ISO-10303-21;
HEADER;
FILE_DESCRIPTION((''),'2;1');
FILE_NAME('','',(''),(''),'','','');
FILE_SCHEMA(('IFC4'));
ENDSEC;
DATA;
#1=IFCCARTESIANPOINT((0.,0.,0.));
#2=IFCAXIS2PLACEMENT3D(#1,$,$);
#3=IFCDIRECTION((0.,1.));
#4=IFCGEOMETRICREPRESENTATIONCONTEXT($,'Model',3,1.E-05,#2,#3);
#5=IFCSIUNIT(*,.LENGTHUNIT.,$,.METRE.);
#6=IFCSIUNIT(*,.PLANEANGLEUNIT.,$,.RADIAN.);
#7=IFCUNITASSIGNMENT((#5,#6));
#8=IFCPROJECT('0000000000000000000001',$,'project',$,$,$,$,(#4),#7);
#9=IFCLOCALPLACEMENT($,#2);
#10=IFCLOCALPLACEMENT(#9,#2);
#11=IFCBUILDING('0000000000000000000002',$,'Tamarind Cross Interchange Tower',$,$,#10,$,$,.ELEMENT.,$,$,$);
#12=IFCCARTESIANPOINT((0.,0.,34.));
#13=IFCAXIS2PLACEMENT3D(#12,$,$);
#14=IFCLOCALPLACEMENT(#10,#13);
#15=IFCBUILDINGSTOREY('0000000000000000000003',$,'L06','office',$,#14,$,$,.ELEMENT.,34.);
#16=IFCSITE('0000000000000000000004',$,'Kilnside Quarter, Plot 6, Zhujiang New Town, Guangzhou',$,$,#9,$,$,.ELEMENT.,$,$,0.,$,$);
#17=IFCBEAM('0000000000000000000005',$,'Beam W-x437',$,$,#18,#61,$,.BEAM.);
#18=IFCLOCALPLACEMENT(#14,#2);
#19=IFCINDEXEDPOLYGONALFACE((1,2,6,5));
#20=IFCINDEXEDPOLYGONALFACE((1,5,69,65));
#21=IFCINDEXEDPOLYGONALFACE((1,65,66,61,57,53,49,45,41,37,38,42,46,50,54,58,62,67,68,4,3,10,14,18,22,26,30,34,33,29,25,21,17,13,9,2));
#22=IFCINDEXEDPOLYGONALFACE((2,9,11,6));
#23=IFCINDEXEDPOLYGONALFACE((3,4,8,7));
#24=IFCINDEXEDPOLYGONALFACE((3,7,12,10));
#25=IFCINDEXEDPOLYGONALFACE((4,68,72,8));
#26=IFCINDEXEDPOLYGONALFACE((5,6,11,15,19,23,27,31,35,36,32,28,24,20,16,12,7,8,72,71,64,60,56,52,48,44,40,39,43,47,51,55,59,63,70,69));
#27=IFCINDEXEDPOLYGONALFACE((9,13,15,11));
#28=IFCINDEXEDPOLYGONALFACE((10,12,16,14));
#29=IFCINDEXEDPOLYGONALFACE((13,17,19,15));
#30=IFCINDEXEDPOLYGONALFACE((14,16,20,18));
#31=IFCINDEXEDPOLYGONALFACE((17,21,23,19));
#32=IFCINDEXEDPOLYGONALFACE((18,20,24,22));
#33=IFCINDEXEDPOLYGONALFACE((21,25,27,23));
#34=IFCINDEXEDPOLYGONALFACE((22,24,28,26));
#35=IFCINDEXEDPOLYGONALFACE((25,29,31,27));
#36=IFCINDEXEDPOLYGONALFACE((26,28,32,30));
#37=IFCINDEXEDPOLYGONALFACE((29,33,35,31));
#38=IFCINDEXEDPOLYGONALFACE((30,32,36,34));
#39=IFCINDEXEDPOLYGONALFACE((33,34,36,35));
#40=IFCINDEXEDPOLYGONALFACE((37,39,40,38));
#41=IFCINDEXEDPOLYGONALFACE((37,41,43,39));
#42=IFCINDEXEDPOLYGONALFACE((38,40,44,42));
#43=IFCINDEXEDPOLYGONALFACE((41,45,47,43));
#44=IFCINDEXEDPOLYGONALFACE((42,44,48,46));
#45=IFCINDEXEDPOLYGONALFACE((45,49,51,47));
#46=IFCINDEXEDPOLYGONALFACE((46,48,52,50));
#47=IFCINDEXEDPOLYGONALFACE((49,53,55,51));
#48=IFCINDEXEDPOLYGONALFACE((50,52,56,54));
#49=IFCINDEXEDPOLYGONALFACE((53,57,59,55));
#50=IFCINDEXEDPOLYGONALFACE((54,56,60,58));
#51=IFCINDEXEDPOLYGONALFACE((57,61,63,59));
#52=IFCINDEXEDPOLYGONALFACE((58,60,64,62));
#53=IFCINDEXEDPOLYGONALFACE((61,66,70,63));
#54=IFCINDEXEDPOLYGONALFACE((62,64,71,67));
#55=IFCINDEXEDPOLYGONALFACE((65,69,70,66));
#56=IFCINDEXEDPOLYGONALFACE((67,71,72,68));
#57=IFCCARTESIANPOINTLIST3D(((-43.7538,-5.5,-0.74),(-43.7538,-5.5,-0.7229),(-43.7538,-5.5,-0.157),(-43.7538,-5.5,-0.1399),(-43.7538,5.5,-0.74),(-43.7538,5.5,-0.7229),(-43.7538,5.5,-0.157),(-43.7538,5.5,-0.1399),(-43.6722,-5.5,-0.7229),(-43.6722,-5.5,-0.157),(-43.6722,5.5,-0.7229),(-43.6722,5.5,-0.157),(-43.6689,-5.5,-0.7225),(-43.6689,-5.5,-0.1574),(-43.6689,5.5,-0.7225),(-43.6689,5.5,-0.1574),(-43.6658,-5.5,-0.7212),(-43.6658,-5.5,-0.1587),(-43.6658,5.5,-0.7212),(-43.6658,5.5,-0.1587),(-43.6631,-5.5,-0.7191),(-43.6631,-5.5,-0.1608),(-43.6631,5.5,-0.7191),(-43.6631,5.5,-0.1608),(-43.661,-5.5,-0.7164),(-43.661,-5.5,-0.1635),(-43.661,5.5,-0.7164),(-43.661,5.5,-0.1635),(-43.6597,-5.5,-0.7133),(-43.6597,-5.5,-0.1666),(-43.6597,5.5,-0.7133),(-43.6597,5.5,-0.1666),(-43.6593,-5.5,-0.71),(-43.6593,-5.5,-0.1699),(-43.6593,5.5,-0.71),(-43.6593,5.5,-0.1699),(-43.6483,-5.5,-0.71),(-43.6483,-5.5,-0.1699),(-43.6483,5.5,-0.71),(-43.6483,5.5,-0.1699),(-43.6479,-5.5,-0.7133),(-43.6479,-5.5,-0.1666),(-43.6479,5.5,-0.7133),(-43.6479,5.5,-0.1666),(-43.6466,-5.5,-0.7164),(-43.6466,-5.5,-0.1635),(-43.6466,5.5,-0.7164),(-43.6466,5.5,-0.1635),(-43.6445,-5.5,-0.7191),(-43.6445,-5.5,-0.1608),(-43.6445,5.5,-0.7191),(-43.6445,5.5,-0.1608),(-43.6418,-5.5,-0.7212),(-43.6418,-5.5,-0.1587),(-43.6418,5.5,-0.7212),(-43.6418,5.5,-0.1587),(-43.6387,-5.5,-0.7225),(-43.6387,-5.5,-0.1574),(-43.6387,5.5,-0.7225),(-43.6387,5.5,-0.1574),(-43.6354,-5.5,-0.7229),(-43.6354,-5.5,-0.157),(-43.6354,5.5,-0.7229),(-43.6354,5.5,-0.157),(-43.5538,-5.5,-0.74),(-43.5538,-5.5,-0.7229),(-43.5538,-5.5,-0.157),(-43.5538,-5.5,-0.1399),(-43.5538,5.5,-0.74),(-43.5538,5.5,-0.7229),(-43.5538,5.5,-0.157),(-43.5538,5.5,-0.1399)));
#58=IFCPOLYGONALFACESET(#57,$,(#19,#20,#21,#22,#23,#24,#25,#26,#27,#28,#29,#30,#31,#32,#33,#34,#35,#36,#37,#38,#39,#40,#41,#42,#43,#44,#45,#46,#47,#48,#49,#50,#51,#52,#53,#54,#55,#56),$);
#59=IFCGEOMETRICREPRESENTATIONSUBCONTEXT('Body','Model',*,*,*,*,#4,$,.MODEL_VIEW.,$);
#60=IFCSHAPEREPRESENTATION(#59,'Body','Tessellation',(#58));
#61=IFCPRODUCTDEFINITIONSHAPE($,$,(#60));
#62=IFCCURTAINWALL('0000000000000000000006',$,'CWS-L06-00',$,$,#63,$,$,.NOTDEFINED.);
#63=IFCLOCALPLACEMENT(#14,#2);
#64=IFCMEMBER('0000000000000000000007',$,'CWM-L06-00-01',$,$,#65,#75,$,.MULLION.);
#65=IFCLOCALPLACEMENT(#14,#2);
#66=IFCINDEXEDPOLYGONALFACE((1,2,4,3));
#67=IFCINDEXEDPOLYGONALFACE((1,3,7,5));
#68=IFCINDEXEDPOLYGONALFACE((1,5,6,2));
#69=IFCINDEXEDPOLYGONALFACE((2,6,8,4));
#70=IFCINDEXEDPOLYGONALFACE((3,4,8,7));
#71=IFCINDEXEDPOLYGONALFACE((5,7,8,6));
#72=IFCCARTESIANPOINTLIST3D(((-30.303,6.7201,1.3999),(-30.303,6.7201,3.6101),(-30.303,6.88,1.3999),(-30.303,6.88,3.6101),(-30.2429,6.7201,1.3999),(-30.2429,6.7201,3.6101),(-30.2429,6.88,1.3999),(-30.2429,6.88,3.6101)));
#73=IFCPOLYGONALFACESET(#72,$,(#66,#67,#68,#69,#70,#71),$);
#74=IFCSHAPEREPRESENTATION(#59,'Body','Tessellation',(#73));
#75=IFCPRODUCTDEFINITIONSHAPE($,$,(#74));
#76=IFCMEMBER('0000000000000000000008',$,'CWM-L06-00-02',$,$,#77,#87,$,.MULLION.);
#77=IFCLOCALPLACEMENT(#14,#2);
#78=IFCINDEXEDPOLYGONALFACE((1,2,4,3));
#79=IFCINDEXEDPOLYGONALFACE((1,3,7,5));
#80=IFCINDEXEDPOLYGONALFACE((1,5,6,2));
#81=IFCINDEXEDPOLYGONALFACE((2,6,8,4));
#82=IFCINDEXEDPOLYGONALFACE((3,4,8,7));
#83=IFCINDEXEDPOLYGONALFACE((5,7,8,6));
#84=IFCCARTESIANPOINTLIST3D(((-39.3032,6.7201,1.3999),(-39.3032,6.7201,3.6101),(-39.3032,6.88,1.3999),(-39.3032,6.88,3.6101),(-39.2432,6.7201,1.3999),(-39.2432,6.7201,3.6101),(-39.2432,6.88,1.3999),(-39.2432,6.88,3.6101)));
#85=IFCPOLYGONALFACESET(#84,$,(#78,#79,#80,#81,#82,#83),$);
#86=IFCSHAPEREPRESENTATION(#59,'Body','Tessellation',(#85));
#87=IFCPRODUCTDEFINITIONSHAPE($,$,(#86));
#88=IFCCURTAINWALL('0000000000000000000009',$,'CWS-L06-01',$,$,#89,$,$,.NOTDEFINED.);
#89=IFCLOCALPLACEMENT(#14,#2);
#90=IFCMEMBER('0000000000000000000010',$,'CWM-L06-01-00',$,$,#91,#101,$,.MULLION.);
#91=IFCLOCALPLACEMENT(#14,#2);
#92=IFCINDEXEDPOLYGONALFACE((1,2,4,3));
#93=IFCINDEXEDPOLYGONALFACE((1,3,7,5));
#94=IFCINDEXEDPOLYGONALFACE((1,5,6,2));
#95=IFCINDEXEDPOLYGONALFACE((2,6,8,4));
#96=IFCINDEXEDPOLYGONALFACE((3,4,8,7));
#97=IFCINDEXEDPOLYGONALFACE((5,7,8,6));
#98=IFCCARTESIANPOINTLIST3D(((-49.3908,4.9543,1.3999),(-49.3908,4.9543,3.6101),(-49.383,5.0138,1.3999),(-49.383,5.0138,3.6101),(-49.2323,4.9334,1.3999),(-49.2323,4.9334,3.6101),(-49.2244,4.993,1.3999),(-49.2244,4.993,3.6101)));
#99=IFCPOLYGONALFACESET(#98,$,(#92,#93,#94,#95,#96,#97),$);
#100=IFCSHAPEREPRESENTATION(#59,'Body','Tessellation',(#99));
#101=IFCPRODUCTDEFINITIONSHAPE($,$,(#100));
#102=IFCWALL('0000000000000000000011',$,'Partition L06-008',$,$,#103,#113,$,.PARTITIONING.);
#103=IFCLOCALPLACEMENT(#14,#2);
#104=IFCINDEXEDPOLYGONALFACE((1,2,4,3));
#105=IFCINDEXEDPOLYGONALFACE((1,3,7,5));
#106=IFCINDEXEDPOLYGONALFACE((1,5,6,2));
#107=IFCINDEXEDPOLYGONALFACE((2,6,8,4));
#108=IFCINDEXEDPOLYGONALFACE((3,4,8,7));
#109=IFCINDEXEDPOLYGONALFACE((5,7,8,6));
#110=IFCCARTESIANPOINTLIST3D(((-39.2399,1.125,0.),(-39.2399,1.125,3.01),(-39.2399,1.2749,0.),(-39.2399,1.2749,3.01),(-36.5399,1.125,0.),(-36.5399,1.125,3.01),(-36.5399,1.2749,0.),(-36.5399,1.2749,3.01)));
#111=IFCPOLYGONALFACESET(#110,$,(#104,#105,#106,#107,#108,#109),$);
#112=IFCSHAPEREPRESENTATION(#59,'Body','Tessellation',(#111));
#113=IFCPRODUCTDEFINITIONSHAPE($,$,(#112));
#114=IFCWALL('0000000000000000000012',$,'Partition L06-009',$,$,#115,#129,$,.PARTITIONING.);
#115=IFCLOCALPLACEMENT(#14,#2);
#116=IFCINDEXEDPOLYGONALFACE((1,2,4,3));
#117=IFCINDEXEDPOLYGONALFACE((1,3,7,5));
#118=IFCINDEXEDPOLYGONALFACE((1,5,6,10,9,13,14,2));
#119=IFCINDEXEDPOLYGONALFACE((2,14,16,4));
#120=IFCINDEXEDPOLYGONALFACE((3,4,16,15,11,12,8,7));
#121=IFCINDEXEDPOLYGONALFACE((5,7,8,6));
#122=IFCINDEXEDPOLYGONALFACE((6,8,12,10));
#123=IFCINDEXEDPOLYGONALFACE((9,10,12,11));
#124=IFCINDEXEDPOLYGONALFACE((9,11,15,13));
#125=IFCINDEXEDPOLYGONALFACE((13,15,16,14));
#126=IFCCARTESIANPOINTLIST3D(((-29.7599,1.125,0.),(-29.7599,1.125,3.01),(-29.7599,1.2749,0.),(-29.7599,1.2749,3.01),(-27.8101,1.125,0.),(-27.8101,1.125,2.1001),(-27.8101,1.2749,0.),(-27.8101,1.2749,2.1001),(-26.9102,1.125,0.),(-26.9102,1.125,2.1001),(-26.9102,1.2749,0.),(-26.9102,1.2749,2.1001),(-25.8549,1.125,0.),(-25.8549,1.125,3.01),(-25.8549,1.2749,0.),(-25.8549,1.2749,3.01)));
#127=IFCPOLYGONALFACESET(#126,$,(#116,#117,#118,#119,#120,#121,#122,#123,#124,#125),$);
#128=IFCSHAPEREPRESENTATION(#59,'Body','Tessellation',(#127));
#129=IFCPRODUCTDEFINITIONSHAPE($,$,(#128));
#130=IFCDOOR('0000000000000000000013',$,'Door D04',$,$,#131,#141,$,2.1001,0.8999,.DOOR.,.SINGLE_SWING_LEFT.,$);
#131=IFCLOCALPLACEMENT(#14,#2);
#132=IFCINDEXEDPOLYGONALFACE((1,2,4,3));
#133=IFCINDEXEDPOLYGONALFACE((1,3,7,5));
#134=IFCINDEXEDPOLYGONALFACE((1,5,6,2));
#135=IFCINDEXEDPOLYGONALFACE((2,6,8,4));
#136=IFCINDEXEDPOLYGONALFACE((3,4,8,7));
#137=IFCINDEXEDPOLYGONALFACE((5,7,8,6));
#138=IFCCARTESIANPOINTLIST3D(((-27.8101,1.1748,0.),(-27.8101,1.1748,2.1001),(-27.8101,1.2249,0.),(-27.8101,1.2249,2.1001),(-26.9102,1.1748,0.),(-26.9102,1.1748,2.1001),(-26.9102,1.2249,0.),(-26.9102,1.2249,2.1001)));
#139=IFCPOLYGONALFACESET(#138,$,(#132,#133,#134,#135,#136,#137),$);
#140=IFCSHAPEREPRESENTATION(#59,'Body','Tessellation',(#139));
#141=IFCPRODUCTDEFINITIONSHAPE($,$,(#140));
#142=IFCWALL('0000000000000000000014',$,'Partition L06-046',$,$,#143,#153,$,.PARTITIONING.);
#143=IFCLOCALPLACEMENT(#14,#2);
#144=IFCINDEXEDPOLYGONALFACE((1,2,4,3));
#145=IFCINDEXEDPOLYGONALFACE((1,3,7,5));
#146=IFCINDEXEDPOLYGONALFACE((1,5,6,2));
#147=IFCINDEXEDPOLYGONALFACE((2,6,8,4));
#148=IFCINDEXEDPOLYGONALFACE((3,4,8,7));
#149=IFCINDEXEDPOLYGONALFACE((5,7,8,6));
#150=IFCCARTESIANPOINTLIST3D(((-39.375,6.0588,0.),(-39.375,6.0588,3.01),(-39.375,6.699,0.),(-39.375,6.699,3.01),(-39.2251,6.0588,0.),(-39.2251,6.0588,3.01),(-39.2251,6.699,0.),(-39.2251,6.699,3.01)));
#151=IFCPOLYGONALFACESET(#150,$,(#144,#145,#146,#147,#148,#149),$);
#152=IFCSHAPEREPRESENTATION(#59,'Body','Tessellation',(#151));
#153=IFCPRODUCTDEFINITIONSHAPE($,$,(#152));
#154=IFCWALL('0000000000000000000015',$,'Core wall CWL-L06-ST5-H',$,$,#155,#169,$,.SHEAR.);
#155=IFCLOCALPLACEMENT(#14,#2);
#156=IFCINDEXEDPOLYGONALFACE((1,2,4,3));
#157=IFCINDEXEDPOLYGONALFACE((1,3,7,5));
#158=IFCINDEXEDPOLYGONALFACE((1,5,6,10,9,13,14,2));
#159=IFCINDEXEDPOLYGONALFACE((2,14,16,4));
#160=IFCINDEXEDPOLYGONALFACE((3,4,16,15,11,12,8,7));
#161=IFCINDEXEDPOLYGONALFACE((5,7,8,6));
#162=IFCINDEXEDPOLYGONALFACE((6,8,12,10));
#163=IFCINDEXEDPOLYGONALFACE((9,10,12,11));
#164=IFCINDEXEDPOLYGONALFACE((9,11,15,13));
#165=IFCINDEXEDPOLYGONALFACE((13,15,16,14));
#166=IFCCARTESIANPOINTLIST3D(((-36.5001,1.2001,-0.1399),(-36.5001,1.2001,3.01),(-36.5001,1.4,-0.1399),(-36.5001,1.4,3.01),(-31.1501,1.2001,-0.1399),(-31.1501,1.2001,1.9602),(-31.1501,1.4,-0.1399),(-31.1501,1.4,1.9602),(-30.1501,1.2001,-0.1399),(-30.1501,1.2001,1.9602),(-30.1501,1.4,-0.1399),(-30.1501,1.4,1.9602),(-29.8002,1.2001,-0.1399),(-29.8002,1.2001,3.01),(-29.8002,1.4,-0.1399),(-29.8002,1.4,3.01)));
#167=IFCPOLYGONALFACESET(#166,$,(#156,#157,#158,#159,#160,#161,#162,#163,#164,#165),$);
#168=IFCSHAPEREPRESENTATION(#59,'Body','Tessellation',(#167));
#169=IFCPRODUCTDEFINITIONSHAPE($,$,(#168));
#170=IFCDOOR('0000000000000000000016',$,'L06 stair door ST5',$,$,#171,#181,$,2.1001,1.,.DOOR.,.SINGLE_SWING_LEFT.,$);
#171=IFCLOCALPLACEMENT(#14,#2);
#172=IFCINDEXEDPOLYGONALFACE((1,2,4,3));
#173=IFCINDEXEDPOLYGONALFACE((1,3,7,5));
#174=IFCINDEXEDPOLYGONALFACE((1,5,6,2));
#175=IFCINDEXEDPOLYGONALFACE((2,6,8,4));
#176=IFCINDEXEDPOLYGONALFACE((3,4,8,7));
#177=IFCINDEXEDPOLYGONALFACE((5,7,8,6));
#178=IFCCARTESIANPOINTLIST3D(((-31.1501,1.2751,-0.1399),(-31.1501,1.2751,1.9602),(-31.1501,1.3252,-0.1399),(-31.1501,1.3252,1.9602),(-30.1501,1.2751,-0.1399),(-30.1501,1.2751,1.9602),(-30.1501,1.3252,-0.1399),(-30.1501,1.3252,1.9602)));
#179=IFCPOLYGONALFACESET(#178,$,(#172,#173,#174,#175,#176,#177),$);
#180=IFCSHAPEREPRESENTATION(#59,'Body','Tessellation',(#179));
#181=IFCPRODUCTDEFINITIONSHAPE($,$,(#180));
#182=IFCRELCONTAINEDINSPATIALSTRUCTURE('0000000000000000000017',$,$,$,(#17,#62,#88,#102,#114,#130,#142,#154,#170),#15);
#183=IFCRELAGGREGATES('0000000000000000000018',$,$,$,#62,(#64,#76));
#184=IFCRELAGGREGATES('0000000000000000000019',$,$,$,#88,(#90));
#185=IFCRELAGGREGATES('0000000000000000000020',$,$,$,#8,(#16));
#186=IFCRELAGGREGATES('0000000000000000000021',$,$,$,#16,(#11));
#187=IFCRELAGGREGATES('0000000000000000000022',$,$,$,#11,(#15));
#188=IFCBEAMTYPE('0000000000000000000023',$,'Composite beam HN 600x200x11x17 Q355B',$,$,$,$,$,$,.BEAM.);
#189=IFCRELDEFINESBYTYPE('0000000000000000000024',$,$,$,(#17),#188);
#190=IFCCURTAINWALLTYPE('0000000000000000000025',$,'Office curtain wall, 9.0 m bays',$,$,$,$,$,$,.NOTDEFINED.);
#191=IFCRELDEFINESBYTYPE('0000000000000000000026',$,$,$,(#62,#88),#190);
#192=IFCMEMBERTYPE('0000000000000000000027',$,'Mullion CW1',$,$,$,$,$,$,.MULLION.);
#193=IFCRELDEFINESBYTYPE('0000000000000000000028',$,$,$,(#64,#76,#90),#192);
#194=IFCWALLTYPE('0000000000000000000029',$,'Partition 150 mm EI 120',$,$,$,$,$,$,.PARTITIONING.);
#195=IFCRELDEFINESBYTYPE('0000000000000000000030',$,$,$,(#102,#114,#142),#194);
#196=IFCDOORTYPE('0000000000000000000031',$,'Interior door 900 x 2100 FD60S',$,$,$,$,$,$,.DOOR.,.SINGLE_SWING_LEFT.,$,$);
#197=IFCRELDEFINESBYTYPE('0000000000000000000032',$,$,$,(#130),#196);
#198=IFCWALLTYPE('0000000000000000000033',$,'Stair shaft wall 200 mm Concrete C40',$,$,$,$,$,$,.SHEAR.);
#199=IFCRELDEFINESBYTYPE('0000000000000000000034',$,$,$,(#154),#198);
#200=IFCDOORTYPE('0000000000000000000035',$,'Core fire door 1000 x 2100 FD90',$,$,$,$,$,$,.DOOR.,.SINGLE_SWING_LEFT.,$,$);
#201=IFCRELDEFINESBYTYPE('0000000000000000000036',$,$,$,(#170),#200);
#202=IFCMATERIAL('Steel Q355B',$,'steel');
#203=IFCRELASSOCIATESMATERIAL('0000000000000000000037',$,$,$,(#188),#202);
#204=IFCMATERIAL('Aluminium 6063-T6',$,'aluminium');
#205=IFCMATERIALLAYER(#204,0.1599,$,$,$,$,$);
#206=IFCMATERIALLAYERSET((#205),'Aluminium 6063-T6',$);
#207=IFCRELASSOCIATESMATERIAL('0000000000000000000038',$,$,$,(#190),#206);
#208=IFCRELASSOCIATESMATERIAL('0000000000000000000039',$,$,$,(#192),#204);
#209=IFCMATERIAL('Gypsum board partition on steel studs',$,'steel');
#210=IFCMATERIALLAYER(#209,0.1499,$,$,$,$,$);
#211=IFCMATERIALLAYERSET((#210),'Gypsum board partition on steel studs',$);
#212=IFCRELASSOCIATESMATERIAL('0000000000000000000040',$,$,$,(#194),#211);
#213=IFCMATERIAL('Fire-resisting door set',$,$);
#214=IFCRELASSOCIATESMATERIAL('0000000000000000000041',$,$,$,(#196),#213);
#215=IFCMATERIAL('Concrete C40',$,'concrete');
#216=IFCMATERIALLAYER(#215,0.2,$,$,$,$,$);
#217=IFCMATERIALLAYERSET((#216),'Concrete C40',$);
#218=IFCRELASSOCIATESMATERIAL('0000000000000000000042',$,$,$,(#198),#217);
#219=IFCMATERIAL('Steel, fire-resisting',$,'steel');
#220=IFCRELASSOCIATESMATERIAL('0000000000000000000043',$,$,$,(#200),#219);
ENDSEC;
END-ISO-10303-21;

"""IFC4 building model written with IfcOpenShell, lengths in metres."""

from ifc_helpers import new_model, si_unit, direction, frame, frame_2d, origin, origin_2d, place, context, subcontext, project, spatial, rectangle, i_section, extrude, material, layer, layer_set, material_profile, profile_set, type_object, element, fill, aggregate, save


model = new_model("IFC4")

# Units and contexts
model_context = context("Model", 3, precision=1e-05, world=origin(), true_north=direction((0.0, 1.0)))
body_context = subcontext(model_context, "Body", "Model", "MODEL_VIEW")
ifc_project = project(units=[si_unit("LENGTHUNIT", "METRE"), si_unit("PLANEANGLEUNIT", "RADIAN")], contexts=[model_context])

# Site, building, storey
site_placement = place(None, origin())
site = spatial("IfcSite", under=ifc_project, at=site_placement, Name="Kilnside Quarter, Plot 6, Zhujiang New Town, Guangzhou", CompositionType="ELEMENT", RefElevation=0.0)
building_placement = place(site_placement, origin())
building = spatial("IfcBuilding", under=site, at=building_placement, Name="Tamarind Cross Interchange Tower", CompositionType="ELEMENT")
storey_placement = place(building_placement, frame((0.0, 0.0, 34.0)))
storey = spatial("IfcBuildingStorey", under=building, at=storey_placement, Name="L06", Description="office", CompositionType="ELEMENT", Elevation=34.0)

# Beam
ifc_material_1 = material(Name="Steel Q355B", Category="steel")
ifc_material_profile_1 = material_profile(ifc_material_1, i_section(OverallWidth=0.2, OverallDepth=0.6001, WebThickness=0.011, FlangeThickness=0.0171, FilletRadius=0.0129, at=origin_2d()), Name="HN 600x200x11x17")
ifc_profile_set_1 = profile_set([ifc_material_profile_1], Name="Steel Q355B")
beam_type_1 = type_object("IfcBeamType", Name="Composite beam HN 600x200x11x17 Q355B", PredefinedType="BEAM", material=ifc_profile_set_1)
for number, where, z_axis, x_axis, name in (
    (1, (-43.6538, 5.5, -0.4399), (0.0, -1.0, 0.0), (1.0, 0.0, 0.0), "Beam W-x437"),
):
    element("IfcBeam", number, at=place(storey_placement, frame(where, z_axis=z_axis, x_axis=x_axis)), inside=storey, type_object=beam_type_1, Name=name, PredefinedType="BEAM", context=body_context, shape_type="SweptSolid", body=[
        extrude(i_section(OverallWidth=0.2, OverallDepth=0.6001, WebThickness=0.011, FlangeThickness=0.0171, FilletRadius=0.0129, at=origin_2d()), origin(), (0.0, 0.0, 1.0), 11.0),
    ])

# Curtain wall, members
ifc_material_2 = material(Name="Aluminium 6063-T6", Category="aluminium")
ifc_layer_1 = layer(ifc_material_2, 0.1599)
ifc_layer_set_1 = layer_set([ifc_layer_1], Name="Aluminium 6063-T6")
curtain_wall_type = type_object("IfcCurtainWallType", Name="Office curtain wall, 9.0 m bays", PredefinedType="NOTDEFINED", material=ifc_layer_set_1)
curtain_wall_1_placement = place(storey_placement, origin())
curtain_wall_1 = element("IfcCurtainWall", 2, at=curtain_wall_1_placement, inside=storey, type_object=curtain_wall_type, Name="CWS-L06-00", PredefinedType="NOTDEFINED")
ifc_material_profile_2 = material_profile(ifc_material_2, rectangle(XDim=0.0601, YDim=0.1599, at=origin_2d()), Name="Mullion CW1")
ifc_profile_set_2 = profile_set([ifc_material_profile_2], Name="Aluminium 6063-T6")
member_type = type_object("IfcMemberType", Name="Mullion CW1", PredefinedType="MULLION", material=ifc_profile_set_2)
member_1_placement = place(storey_placement, frame((-30.2729, 6.8, 1.3999), z_axis=(0.0, 0.0, 1.0), x_axis=(-1.0, 0.0, 0.0)))
member_1 = element("IfcMember", 3, at=member_1_placement, type_object=member_type, Name="CWM-L06-00-01", PredefinedType="MULLION", context=body_context, shape_type="SweptSolid", body=[
    extrude(rectangle(XDim=0.0601, YDim=0.1599, at=origin_2d()), origin(), (0.0, 0.0, 1.0), 2.2102),
])
member_2_placement = place(storey_placement, frame((-39.2732, 6.8, 1.3999), z_axis=(0.0, 0.0, 1.0), x_axis=(-1.0, 0.0, 0.0)))
member_2 = element("IfcMember", 4, at=member_2_placement, type_object=member_type, Name="CWM-L06-00-02", PredefinedType="MULLION", context=body_context, shape_type="SweptSolid", body=[
    extrude(rectangle(XDim=0.0601, YDim=0.1599, at=origin_2d()), origin(), (0.0, 0.0, 1.0), 2.2102),
])
aggregate(curtain_wall_1, [member_1, member_2])

# Curtain wall, member
curtain_wall_2_placement = place(storey_placement, origin())
curtain_wall_2 = element("IfcCurtainWall", 5, at=curtain_wall_2_placement, inside=storey, type_object=curtain_wall_type, Name="CWS-L06-01", PredefinedType="NOTDEFINED")
member_3_placement = place(storey_placement, frame((-49.3076, 4.9736, 1.3999), z_axis=(0.0, 0.0, 1.0), x_axis=(-0.130526, -0.991445, 0.0)))
member_3 = element("IfcMember", 6, at=member_3_placement, type_object=member_type, Name="CWM-L06-01-00", PredefinedType="MULLION", context=body_context, shape_type="SweptSolid", body=[
    extrude(rectangle(XDim=0.0601, YDim=0.1599, at=origin_2d()), origin(), (0.0, 0.0, 1.0), 2.2102),
])
aggregate(curtain_wall_2, [member_3])

# Wall
ifc_material_3 = material(Name="Gypsum board partition on steel studs", Category="steel")
ifc_layer_2 = layer(ifc_material_3, 0.1499)
ifc_layer_set_2 = layer_set([ifc_layer_2], Name="Gypsum board partition on steel studs")
wall_type_1 = type_object("IfcWallType", Name="Partition 150 mm EI 120", PredefinedType="PARTITIONING", material=ifc_layer_set_2)
wall_1_placement = place(storey_placement, frame((-39.24, 1.2, 0.0), z_axis=(0.0, 0.0, 1.0), x_axis=(1.0, 0.0, 0.0)))
element("IfcWall", 7, at=wall_1_placement, inside=storey, type_object=wall_type_1, Name="Partition L06-008", PredefinedType="PARTITIONING", context=body_context, shape_type="SweptSolid", body=[
    extrude(rectangle(XDim=2.7, YDim=0.1499, at=frame_2d((1.3501, 0.0))), origin(), (0.0, 0.0, 1.0), 3.01),
])

# Wall, opening, door
wall_2_placement = place(storey_placement, frame((-29.76, 1.2, 0.0), z_axis=(0.0, 0.0, 1.0), x_axis=(1.0, 0.0, 0.0)))
wall_2 = element("IfcWall", 8, at=wall_2_placement, inside=storey, type_object=wall_type_1, Name="Partition L06-009", PredefinedType="PARTITIONING", context=body_context, shape_type="SweptSolid", body=[
    extrude(rectangle(XDim=3.905, YDim=0.1499, at=frame_2d((1.9526, 0.0))), origin(), (0.0, 0.0, 1.0), 3.01),
])
opening_1_placement = place(wall_2_placement, frame((1.95, 0.0, 0.0)))
opening_1 = element("IfcOpeningElement", 9, at=opening_1_placement, cuts=wall_2, PredefinedType="OPENING", context=body_context, shape_type="SweptSolid", body=[
    extrude(rectangle(XDim=0.8999, YDim=2.1001, at=frame_2d((0.45, 1.05))), frame((0.0, 0.085, 0.0), z_axis=(0.0, -1.0, 0.0), x_axis=(1.0, 0.0, 0.0)), (0.0, 0.0, 1.0), 0.1699),
])
ifc_material_4 = material(Name="Fire-resisting door set")
door_type_1 = type_object("IfcDoorType", Name="Interior door 900 x 2100 FD60S", OperationType="SINGLE_SWING_LEFT", PredefinedType="DOOR", material=ifc_material_4)
door_1_placement = place(opening_1_placement, origin())
door_1 = element("IfcDoor", 10, at=door_1_placement, inside=storey, type_object=door_type_1, Name="Door D04", OperationType="SINGLE_SWING_LEFT", OverallHeight=2.1001, OverallWidth=0.8999, PredefinedType="DOOR", context=body_context, shape_type="SweptSolid", body=[
    extrude(rectangle(XDim=0.8999, YDim=2.1001, at=frame_2d((0.45, 1.05))), frame((0.0, 0.0249, 0.0), z_axis=(0.0, -1.0, 0.0), x_axis=(1.0, 0.0, 0.0)), (0.0, 0.0, 1.0), 0.05),
])
fill(opening_1, door_1)

# Wall
wall_3_placement = place(storey_placement, frame((-39.3, 6.0588, 0.0), z_axis=(0.0, 0.0, 1.0), x_axis=(0.0, 1.0, 0.0)))
element("IfcWall", 11, at=wall_3_placement, inside=storey, type_object=wall_type_1, Name="Partition L06-046", PredefinedType="PARTITIONING", context=body_context, shape_type="SweptSolid", body=[
    extrude(rectangle(XDim=0.6401, YDim=0.1499, at=frame_2d((0.3201, 0.0))), origin(), (0.0, 0.0, 1.0), 3.01),
])

# Wall, opening, door
ifc_material_5 = material(Name="Concrete C40", Category="concrete")
ifc_layer_3 = layer(ifc_material_5, 0.2)
ifc_layer_set_3 = layer_set([ifc_layer_3], Name="Concrete C40")
wall_type_2 = type_object("IfcWallType", Name="Stair shaft wall 200 mm Concrete C40", PredefinedType="SHEAR", material=ifc_layer_set_3)
wall_4_placement = place(storey_placement, frame((-29.8, 1.3, -0.1399), z_axis=(0.0, 0.0, 1.0), x_axis=(-1.0, 0.0, 0.0)))
wall_4 = element("IfcWall", 12, at=wall_4_placement, inside=storey, type_object=wall_type_2, Name="Core wall CWL-L06-ST5-H", PredefinedType="SHEAR", context=body_context, shape_type="SweptSolid", body=[
    extrude(rectangle(XDim=6.7, YDim=0.2, at=frame_2d((3.3501, 0.0))), origin(), (0.0, 0.0, 1.0), 3.1499),
])
opening_2_placement = place(wall_4_placement, frame((0.3501, 0.0, 0.0)))
opening_2 = element("IfcOpeningElement", 13, at=opening_2_placement, cuts=wall_4, PredefinedType="OPENING", context=body_context, shape_type="SweptSolid", body=[
    extrude(rectangle(XDim=1.0, YDim=2.1001, at=frame_2d((0.5, 1.05))), frame((0.0, 0.1099, 0.0), z_axis=(0.0, -1.0, 0.0), x_axis=(1.0, 0.0, 0.0)), (0.0, 0.0, 1.0), 0.22),
])
ifc_material_6 = material(Name="Steel, fire-resisting", Category="steel")
door_type_2 = type_object("IfcDoorType", Name="Core fire door 1000 x 2100 FD90", OperationType="SINGLE_SWING_LEFT", PredefinedType="DOOR", material=ifc_material_6)
door_2_placement = place(opening_2_placement, origin())
door_2 = element("IfcDoor", 14, at=door_2_placement, inside=storey, type_object=door_type_2, Name="L06 stair door ST5", OperationType="SINGLE_SWING_LEFT", OverallHeight=2.1001, OverallWidth=1.0, PredefinedType="DOOR", context=body_context, shape_type="SweptSolid", body=[
    extrude(rectangle(XDim=1.0, YDim=2.1001, at=frame_2d((0.5, 1.05))), frame((0.0, 0.0249, 0.0), z_axis=(0.0, -1.0, 0.0), x_axis=(1.0, 0.0, 0.0)), (0.0, 0.0, 1.0), 0.05),
])
fill(opening_2, door_2)

save(model, "model.ifc")
